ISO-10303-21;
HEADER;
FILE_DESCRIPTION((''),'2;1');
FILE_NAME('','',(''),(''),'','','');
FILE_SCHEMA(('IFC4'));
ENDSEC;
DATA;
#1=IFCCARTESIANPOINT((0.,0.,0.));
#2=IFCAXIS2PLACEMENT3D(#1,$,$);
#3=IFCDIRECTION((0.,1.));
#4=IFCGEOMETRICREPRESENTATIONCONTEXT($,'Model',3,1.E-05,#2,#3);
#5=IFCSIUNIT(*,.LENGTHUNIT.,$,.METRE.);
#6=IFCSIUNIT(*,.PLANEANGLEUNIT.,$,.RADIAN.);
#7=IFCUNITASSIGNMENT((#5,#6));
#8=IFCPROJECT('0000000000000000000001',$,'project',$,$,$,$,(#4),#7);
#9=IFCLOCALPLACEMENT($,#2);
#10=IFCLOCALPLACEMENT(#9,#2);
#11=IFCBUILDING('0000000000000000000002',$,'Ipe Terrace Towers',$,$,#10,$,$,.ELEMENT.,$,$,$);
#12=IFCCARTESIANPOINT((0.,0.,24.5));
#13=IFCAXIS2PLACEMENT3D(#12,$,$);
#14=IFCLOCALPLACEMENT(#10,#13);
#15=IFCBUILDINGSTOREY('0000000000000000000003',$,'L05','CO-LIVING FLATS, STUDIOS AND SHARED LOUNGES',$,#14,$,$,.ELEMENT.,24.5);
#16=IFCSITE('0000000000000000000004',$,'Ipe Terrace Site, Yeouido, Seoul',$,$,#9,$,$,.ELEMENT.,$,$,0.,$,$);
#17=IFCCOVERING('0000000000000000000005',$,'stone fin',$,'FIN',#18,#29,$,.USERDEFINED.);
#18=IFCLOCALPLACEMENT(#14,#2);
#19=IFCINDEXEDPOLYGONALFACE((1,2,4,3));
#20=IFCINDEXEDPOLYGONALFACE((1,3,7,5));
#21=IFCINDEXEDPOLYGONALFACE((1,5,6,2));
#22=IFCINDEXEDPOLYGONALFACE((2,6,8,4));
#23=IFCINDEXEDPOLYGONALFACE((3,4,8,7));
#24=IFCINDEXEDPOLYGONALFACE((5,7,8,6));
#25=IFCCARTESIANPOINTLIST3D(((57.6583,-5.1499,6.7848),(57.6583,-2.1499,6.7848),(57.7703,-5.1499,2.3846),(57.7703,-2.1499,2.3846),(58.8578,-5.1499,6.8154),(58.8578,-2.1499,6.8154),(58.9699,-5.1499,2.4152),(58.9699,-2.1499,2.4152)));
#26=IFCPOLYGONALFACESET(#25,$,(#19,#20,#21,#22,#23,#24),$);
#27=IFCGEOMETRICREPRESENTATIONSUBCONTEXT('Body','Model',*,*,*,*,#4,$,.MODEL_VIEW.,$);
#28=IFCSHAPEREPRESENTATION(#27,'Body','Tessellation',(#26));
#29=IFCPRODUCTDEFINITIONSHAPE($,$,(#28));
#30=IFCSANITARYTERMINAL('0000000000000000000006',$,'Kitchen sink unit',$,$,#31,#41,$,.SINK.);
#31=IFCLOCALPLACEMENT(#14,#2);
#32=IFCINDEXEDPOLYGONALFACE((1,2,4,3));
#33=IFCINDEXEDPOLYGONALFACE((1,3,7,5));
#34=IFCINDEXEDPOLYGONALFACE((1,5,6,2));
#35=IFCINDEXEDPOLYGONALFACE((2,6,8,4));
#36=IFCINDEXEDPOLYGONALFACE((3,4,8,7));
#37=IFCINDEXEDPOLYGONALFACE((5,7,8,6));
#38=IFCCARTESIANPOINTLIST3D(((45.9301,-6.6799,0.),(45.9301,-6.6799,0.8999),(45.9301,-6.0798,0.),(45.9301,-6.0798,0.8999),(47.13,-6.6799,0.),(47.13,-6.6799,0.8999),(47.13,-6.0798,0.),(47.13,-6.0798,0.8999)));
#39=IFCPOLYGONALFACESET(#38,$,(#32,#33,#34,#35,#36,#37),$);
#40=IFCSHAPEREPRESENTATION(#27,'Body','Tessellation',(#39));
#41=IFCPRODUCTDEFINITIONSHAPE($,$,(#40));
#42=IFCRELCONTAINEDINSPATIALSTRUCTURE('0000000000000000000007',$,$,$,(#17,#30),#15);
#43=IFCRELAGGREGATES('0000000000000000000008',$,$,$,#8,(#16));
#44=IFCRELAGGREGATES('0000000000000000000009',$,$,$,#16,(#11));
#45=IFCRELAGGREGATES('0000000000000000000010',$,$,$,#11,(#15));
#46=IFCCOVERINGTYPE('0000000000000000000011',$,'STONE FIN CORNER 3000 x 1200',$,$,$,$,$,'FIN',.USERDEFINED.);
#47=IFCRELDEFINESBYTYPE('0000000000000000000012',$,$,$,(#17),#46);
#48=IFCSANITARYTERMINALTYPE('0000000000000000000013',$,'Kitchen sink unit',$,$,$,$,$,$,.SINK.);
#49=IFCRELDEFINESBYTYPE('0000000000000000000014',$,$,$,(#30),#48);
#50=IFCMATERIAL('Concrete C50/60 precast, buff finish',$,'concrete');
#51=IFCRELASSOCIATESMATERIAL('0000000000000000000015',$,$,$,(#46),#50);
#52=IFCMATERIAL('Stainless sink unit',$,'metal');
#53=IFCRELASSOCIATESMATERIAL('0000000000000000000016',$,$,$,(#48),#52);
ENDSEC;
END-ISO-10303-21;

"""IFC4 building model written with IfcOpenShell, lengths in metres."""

from ifc_helpers import new_model, si_unit, direction, frame, origin, origin_2d, place, context, subcontext, project, spatial, rectangle, extrude, material, material_profile, profile_set, type_object, element, save


model = new_model("IFC4")

# Units and contexts
model_context = context("Model", 3, precision=1e-05, world=origin(), true_north=direction((0.0, 1.0)))
body_context = subcontext(model_context, "Body", "Model", "MODEL_VIEW")
ifc_project = project(units=[si_unit("LENGTHUNIT", "METRE"), si_unit("PLANEANGLEUNIT", "RADIAN")], contexts=[model_context])

# Site, building, storey
site_placement = place(None, origin())
site = spatial("IfcSite", under=ifc_project, at=site_placement, Name="Ipe Terrace Site, Yeouido, Seoul", CompositionType="ELEMENT", RefElevation=0.0)
building_placement = place(site_placement, origin())
building = spatial("IfcBuilding", under=site, at=building_placement, Name="Ipe Terrace Towers", CompositionType="ELEMENT")
storey_placement = place(building_placement, frame((0.0, 0.0, 24.5)))
storey = spatial("IfcBuildingStorey", under=building, at=storey_placement, Name="L05", Description="CO-LIVING FLATS, STUDIOS AND SHARED LOUNGES", CompositionType="ELEMENT", Elevation=24.5)

# Covering
ifc_material_1 = material(Name="Concrete C50/60 precast, buff finish", Category="concrete")
ifc_material_profile_1 = material_profile(ifc_material_1, rectangle(XDim=3.0, YDim=1.2, at=origin_2d()), Name="STONE FIN CORNER 3000 x 1200")
ifc_profile_set_1 = profile_set([ifc_material_profile_1], Name="Concrete C50/60 precast, buff finish")
covering_type_1 = type_object("IfcCoveringType", Name="STONE FIN CORNER 3000 x 1200", ElementType="FIN", PredefinedType="USERDEFINED", material=ifc_profile_set_1)
covering_1_placement = place(storey_placement, frame((58.3701, -3.6499, 2.3999), z_axis=(-0.025459, 0.0, 0.999676), x_axis=(0.0, 1.0, 0.0)))
element("IfcCovering", 1, at=covering_1_placement, inside=storey, type_object=covering_type_1, Name="stone fin", ObjectType="FIN", PredefinedType="USERDEFINED", context=body_context, shape_type="SweptSolid", body=[
    extrude(rectangle(XDim=3.0, YDim=1.2, at=origin_2d()), origin(), (0.0, 0.0, 1.0), 4.4016),
])

# Sanitary terminal
ifc_material_2 = material(Name="Stainless sink unit", Category="metal")
sanitary_terminal_type = type_object("IfcSanitaryTerminalType", Name="Kitchen sink unit", PredefinedType="SINK", material=ifc_material_2)
sanitary_terminal_placement = place(storey_placement, frame((46.53, -6.3799, 0.0), z_axis=(0.0, 0.0, 1.0), x_axis=(-1.0, 0.0, 0.0)))
element("IfcSanitaryTerminal", 2, at=sanitary_terminal_placement, inside=storey, type_object=sanitary_terminal_type, Name="Kitchen sink unit", PredefinedType="SINK", context=body_context, shape_type="SweptSolid", body=[
    extrude(rectangle(XDim=1.2, YDim=0.6001, at=origin_2d()), origin(), (0.0, 0.0, 1.0), 0.8999),
])

save(model, "model.ifc")
